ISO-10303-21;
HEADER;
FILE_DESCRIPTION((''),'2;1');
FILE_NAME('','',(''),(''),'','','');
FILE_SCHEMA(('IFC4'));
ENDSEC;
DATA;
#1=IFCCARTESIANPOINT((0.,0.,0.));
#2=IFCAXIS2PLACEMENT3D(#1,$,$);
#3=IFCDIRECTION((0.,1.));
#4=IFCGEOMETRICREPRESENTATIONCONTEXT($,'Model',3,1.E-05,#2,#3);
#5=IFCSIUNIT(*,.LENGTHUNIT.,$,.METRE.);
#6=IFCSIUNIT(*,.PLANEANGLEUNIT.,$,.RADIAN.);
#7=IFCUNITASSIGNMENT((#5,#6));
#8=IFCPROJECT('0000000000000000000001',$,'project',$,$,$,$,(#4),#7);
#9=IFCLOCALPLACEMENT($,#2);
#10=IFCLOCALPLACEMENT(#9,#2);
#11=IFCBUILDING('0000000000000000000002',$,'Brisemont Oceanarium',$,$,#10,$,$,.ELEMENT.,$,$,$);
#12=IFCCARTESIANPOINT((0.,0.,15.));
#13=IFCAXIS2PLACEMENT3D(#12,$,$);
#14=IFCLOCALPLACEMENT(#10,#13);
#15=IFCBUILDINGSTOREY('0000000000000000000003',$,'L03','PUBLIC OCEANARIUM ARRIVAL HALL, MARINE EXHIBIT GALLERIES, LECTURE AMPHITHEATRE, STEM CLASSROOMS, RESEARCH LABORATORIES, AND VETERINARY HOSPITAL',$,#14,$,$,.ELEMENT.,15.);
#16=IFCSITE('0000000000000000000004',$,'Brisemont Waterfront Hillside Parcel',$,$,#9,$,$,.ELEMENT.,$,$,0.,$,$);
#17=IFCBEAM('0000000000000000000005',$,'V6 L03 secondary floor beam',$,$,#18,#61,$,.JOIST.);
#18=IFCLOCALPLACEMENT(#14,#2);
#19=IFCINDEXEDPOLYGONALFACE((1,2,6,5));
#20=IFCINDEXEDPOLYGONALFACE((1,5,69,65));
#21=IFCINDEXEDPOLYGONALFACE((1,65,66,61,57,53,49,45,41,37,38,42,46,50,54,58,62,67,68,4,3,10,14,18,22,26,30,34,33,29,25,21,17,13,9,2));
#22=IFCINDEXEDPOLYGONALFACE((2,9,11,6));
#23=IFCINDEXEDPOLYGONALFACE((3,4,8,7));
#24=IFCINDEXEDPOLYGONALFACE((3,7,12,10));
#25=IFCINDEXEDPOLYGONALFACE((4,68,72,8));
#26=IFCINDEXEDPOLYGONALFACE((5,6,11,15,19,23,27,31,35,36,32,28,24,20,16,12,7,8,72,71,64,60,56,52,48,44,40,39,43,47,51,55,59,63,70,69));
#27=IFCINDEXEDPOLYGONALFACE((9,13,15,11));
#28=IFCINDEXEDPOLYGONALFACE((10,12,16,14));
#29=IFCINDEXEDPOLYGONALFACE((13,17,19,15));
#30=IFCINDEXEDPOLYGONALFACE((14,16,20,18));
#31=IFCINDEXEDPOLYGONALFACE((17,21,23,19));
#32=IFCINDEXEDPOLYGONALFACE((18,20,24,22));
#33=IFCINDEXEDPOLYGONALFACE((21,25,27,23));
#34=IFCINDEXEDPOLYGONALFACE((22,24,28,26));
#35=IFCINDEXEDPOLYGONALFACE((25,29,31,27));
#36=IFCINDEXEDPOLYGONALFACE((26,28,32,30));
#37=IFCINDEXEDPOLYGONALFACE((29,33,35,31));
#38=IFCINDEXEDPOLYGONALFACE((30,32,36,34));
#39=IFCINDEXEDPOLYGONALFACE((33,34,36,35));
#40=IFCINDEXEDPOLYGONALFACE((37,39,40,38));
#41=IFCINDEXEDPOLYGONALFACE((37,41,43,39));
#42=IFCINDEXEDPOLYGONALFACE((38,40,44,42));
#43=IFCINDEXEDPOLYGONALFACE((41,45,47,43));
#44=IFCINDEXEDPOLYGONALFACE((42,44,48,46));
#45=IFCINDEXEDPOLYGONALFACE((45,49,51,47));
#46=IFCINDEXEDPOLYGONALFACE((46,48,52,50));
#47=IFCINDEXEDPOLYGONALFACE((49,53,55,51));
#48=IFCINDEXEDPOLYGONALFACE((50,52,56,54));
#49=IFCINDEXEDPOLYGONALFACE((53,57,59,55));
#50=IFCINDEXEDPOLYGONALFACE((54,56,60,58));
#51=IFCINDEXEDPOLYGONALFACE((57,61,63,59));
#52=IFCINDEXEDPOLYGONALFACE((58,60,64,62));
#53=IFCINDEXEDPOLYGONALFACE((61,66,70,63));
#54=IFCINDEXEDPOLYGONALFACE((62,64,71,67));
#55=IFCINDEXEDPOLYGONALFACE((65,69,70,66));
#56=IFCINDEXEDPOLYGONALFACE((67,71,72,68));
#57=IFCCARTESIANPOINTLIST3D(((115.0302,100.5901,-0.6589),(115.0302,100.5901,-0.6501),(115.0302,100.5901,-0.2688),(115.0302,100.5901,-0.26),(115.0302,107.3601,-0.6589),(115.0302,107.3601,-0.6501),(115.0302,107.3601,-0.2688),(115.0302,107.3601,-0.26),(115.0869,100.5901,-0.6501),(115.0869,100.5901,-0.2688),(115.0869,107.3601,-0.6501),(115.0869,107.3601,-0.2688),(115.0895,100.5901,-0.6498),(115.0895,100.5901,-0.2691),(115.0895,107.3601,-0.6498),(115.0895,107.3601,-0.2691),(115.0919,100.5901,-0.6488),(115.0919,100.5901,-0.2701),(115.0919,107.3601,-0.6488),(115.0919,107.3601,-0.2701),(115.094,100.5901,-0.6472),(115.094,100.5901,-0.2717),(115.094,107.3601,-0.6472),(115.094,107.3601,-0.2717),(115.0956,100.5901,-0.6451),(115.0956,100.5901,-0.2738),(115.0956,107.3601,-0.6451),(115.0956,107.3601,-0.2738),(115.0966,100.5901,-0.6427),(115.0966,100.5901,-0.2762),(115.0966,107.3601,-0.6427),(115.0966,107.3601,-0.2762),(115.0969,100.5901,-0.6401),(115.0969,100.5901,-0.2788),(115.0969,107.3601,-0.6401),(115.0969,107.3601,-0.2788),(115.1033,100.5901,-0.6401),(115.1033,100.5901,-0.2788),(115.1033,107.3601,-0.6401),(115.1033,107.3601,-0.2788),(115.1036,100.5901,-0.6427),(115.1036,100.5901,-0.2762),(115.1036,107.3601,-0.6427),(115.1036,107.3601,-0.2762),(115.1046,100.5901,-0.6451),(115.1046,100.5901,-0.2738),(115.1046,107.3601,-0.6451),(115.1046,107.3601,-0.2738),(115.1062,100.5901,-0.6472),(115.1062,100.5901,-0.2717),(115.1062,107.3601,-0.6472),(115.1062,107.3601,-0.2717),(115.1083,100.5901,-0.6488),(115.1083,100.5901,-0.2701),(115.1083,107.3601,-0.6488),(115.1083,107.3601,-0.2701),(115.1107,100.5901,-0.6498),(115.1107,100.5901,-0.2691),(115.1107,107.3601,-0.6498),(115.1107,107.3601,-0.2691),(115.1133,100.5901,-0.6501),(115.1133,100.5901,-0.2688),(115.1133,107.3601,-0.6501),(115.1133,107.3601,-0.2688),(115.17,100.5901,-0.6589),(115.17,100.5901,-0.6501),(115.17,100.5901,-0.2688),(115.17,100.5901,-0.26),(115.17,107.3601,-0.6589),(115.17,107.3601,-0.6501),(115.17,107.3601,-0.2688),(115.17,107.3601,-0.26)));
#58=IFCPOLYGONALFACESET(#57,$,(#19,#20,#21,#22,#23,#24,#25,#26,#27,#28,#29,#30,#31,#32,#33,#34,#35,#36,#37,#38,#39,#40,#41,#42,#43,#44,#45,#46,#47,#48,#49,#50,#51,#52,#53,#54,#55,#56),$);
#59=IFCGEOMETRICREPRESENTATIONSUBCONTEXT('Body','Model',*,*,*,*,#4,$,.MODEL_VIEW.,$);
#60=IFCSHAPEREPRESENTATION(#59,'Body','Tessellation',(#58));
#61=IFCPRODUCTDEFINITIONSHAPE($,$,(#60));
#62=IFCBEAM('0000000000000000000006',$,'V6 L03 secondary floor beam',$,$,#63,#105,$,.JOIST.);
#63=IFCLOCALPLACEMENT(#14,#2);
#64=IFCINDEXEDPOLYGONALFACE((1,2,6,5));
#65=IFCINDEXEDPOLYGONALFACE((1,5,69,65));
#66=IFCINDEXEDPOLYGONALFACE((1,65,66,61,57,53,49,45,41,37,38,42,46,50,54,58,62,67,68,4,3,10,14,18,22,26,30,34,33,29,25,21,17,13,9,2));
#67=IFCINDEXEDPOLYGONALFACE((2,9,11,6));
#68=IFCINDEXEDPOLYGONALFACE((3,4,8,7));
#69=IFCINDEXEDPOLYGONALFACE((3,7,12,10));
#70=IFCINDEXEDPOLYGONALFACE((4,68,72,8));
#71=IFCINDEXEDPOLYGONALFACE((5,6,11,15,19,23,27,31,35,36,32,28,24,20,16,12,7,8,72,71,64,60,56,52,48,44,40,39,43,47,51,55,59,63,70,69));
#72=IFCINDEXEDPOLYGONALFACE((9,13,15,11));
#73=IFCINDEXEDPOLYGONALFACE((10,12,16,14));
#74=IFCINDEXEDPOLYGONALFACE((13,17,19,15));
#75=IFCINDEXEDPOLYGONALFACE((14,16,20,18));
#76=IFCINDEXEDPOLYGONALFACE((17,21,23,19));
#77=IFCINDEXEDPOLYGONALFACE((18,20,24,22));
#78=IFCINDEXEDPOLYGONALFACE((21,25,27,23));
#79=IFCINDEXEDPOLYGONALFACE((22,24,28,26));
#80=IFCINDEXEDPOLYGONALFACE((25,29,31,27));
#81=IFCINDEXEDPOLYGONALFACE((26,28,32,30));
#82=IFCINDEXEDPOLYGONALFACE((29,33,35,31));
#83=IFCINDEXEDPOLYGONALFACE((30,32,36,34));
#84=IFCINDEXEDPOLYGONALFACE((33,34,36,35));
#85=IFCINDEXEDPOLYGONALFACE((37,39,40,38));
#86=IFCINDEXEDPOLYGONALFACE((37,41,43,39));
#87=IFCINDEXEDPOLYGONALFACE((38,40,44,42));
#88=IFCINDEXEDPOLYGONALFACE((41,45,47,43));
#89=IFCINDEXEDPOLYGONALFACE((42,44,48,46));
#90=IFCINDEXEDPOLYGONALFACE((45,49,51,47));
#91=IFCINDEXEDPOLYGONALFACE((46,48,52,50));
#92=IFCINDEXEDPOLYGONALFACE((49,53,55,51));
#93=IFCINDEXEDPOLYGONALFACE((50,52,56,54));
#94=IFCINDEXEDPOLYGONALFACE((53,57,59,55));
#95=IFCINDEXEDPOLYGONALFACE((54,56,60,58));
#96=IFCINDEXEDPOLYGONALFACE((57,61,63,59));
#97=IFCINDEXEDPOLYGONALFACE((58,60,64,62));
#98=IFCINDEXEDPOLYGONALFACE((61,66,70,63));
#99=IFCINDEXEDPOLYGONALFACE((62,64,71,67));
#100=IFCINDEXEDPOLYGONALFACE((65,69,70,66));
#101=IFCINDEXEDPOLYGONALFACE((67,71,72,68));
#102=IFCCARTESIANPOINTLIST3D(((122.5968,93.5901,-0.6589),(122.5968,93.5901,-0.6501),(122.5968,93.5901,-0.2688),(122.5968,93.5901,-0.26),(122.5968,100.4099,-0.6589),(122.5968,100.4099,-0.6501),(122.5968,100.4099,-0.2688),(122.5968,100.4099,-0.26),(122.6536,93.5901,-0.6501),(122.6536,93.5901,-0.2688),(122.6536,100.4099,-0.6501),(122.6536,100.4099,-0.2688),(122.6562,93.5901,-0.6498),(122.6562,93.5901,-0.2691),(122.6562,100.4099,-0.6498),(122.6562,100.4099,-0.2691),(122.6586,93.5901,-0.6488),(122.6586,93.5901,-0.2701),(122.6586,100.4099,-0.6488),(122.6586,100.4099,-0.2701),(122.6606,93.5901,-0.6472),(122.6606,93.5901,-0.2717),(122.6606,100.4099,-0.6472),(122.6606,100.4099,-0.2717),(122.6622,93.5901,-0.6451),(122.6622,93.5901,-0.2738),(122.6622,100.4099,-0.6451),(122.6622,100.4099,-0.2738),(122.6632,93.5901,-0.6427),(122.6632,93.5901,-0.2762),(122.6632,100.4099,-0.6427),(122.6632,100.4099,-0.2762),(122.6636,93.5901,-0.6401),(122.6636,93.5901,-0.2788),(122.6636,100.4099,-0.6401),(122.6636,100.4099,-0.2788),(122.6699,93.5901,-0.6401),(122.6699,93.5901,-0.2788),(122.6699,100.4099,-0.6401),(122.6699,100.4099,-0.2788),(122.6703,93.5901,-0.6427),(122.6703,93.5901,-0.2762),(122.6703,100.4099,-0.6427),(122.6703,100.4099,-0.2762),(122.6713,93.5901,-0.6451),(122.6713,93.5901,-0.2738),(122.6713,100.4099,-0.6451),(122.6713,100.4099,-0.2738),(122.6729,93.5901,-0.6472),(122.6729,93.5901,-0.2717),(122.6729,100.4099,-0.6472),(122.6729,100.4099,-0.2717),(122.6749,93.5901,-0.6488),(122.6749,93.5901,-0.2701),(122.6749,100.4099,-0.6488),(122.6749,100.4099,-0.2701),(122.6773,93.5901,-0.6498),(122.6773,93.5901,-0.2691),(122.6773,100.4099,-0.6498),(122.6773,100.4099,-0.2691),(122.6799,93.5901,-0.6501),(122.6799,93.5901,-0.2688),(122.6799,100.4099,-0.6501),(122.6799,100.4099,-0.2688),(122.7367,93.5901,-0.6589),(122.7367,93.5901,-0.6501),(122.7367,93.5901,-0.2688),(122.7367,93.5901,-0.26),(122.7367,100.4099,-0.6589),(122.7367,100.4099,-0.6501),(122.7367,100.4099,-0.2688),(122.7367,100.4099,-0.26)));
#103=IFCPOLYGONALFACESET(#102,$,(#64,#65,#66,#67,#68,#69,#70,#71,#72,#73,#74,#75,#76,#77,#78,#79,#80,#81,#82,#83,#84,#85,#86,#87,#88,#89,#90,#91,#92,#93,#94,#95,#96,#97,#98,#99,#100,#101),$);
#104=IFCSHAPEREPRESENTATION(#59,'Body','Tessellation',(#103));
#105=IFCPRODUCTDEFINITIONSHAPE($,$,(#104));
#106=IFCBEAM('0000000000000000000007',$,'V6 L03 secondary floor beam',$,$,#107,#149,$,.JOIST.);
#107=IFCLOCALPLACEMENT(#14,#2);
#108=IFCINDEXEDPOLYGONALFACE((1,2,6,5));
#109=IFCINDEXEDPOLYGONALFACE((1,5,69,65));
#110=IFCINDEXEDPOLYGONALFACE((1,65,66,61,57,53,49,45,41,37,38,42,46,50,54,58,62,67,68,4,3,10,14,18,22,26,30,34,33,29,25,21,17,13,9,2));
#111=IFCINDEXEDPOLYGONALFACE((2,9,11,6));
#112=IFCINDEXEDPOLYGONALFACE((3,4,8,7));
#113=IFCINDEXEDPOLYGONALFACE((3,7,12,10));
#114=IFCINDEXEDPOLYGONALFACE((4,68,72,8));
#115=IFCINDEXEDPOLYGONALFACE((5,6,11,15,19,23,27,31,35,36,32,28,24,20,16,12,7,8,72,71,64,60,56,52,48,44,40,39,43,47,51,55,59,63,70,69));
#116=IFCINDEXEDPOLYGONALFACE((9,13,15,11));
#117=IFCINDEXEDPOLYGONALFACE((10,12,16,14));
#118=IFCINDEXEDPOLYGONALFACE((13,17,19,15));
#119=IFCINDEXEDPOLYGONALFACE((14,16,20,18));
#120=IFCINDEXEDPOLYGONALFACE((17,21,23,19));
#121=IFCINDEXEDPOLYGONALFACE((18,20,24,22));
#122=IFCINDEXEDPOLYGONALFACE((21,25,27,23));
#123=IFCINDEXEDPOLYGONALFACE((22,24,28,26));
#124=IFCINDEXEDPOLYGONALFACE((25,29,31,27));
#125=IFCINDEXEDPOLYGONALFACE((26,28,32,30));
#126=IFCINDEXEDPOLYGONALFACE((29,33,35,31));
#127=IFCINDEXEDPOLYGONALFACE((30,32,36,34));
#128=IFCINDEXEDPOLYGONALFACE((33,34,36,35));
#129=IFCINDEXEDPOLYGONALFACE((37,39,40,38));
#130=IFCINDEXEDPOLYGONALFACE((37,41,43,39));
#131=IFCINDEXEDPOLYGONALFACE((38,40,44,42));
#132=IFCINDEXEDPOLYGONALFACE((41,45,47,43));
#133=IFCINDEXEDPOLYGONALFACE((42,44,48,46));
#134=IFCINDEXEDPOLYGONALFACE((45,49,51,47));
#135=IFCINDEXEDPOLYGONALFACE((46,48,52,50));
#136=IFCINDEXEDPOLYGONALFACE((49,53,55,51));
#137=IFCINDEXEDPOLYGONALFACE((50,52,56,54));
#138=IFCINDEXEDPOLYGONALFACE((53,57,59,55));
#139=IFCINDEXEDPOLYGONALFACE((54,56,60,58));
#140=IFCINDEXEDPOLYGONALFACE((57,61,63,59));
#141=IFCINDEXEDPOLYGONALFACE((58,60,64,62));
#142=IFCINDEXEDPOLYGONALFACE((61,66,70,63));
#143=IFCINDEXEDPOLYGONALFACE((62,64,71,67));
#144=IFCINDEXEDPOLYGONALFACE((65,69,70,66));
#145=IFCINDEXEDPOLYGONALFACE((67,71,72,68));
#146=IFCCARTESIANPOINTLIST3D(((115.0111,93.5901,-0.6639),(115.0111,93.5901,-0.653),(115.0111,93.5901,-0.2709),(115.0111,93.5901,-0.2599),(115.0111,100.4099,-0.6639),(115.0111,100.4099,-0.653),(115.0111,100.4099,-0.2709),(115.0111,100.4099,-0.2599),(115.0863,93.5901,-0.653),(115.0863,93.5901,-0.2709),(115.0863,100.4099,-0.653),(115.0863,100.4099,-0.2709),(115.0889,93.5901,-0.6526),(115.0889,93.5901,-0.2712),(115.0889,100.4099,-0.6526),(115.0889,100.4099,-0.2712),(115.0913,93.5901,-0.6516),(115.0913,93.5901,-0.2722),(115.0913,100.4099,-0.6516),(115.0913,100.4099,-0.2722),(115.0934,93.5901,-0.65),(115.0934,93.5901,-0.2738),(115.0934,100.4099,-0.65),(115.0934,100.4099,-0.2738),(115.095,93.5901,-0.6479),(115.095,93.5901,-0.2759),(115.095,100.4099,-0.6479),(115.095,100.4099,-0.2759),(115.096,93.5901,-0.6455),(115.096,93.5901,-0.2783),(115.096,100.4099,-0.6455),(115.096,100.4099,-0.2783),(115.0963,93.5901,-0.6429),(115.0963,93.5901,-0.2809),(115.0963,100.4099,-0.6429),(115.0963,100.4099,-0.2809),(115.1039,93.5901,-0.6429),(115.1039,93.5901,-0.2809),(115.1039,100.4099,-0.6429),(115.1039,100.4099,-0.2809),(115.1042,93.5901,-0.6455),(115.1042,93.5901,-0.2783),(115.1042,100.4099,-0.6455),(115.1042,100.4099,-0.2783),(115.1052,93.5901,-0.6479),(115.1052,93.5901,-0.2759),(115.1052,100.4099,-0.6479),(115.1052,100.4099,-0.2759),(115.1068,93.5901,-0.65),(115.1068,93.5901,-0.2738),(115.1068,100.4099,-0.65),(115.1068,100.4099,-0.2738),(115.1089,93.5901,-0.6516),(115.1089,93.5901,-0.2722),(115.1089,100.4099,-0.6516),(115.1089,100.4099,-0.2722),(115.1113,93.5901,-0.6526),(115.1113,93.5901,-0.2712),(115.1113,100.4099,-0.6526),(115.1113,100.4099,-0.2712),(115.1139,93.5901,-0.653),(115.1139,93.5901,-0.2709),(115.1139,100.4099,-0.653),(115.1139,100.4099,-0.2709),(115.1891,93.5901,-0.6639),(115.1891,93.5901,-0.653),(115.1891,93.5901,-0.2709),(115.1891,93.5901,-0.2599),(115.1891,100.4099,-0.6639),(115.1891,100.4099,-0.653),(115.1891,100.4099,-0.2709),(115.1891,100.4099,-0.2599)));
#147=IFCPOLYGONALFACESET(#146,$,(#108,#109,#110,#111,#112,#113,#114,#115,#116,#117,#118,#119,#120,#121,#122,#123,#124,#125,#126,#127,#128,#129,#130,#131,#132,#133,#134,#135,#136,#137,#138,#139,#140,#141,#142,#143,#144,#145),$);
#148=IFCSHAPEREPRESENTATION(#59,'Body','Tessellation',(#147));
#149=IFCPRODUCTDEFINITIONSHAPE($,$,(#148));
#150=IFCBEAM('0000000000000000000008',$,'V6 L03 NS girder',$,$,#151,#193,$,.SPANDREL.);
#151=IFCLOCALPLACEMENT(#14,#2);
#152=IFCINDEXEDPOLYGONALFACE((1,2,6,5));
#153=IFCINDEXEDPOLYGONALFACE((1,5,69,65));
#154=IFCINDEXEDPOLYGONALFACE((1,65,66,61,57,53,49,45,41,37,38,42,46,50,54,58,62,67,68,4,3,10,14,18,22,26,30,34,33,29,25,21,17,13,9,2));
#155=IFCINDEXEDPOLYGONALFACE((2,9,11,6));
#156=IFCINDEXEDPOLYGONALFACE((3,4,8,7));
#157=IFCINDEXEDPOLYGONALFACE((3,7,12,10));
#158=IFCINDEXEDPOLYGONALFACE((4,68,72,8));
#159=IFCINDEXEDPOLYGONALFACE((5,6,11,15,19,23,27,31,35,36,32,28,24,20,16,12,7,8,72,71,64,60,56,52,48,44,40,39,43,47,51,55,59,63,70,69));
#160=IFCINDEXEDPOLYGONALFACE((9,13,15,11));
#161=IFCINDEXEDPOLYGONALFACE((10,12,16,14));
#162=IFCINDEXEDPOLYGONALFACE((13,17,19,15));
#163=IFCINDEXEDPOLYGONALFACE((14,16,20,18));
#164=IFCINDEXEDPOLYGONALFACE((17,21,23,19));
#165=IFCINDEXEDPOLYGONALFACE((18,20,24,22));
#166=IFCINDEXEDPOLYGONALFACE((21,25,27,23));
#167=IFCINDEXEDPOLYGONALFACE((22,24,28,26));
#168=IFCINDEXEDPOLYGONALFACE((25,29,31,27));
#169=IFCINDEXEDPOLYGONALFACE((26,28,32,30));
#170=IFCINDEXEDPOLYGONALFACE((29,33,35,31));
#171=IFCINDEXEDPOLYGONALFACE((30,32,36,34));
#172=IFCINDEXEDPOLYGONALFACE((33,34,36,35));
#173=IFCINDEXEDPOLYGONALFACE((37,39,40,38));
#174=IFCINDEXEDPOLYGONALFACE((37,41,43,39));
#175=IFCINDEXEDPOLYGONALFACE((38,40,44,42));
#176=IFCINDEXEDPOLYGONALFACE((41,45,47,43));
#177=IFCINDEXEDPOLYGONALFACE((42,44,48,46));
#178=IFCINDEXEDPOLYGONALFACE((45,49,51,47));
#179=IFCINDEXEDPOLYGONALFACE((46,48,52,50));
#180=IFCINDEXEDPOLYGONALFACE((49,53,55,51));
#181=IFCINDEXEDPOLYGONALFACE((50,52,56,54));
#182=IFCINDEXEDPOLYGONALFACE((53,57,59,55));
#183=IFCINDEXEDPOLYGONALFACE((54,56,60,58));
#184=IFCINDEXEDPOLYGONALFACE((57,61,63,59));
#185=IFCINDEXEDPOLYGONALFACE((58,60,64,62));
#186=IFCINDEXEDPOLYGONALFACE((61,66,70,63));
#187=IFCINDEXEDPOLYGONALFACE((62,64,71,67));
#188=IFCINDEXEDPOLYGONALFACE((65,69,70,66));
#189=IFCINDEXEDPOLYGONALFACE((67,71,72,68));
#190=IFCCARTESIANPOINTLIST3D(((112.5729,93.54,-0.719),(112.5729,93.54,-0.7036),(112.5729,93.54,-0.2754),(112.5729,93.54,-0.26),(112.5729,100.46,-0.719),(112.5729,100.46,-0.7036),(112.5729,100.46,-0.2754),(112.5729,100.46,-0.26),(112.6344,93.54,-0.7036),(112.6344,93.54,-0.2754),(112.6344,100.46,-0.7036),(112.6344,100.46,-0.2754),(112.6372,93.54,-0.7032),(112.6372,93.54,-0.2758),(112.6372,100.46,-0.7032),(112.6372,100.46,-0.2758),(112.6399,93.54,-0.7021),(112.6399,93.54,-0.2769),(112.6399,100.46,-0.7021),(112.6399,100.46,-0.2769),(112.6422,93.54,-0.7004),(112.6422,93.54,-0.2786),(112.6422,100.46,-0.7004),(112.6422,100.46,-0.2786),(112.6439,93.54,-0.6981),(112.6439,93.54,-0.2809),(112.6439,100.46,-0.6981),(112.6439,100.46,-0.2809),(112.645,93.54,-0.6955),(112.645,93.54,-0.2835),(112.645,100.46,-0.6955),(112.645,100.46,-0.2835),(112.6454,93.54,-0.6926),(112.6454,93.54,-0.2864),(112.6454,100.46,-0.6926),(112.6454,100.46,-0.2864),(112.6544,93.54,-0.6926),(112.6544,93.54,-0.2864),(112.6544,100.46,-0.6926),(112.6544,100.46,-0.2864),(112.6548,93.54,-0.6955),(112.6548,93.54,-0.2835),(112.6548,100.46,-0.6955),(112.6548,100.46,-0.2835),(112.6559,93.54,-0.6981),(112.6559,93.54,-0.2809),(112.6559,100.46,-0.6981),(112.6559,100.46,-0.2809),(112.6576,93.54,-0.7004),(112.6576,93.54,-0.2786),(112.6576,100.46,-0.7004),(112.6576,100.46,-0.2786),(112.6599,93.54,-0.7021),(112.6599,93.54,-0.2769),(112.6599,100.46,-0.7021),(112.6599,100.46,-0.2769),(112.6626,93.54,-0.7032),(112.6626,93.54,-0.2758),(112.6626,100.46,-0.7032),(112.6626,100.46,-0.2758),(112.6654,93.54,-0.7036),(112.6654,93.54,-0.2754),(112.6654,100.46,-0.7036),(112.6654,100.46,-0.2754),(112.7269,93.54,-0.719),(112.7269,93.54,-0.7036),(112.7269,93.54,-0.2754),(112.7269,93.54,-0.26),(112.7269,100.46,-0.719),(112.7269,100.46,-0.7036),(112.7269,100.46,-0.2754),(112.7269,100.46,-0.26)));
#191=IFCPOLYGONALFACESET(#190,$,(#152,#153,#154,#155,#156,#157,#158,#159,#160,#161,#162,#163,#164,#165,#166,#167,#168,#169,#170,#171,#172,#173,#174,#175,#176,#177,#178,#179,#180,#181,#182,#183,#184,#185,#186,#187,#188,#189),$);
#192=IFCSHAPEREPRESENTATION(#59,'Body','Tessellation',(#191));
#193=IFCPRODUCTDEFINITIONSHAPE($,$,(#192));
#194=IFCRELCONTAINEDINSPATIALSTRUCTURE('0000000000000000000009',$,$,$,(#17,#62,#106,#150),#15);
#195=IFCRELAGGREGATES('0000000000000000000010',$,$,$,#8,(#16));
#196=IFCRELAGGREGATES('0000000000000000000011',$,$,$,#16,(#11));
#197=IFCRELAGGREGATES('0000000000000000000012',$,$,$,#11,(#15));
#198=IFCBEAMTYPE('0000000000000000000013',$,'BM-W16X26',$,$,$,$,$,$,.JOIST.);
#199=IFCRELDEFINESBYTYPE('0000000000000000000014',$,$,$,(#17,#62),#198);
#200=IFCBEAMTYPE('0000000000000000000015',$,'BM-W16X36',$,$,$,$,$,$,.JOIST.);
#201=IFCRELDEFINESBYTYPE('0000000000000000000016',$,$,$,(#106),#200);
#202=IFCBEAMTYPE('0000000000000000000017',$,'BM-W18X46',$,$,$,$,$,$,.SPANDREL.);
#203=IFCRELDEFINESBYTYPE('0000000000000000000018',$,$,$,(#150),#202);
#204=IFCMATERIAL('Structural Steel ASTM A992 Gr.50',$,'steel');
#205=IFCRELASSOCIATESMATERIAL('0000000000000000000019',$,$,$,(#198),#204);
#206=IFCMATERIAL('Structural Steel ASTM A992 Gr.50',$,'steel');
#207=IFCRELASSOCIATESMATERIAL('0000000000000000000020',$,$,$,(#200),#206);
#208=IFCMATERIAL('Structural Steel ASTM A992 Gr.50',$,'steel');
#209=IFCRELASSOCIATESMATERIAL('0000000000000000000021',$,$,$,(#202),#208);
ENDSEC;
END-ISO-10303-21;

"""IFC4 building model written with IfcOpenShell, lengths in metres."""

from ifc_helpers import new_model, si_unit, direction, frame, origin, origin_2d, place, context, subcontext, project, spatial, i_section, extrude, material, material_profile, profile_set, type_object, element, save


model = new_model("IFC4")

# Units and contexts
model_context = context("Model", 3, precision=1e-05, world=origin(), true_north=direction((0.0, 1.0)))
body_context = subcontext(model_context, "Body", "Model", "MODEL_VIEW")
ifc_project = project(units=[si_unit("LENGTHUNIT", "METRE"), si_unit("PLANEANGLEUNIT", "RADIAN")], contexts=[model_context])

# Site, building, storey
site_placement = place(None, origin())
site = spatial("IfcSite", under=ifc_project, at=site_placement, Name="Brisemont Waterfront Hillside Parcel", CompositionType="ELEMENT", RefElevation=0.0)
building_placement = place(site_placement, origin())
building = spatial("IfcBuilding", under=site, at=building_placement, Name="Brisemont Oceanarium", CompositionType="ELEMENT")
storey_placement = place(building_placement, frame((0.0, 0.0, 15.0)))
storey = spatial("IfcBuildingStorey", under=building, at=storey_placement, Name="L03", Description="PUBLIC OCEANARIUM ARRIVAL HALL, MARINE EXHIBIT GALLERIES, LECTURE AMPHITHEATRE, STEM CLASSROOMS, RESEARCH LABORATORIES, AND VETERINARY HOSPITAL", CompositionType="ELEMENT", Elevation=15.0)

# Beams
ifc_material_1 = material(Name="Structural Steel ASTM A992 Gr.50", Category="steel")
ifc_material_profile_1 = material_profile(ifc_material_1, i_section(OverallWidth=0.1399, OverallDepth=0.3989, WebThickness=0.0063, FlangeThickness=0.0088, FilletRadius=0.01, at=origin_2d()), Name="W16X26")
ifc_profile_set_1 = profile_set([ifc_material_profile_1], Name="Structural Steel ASTM A992 Gr.50")
beam_type_1 = type_object("IfcBeamType", Name="BM-W16X26", PredefinedType="JOIST", material=ifc_profile_set_1)
beam_1_placement = place(storey_placement, frame((115.1001, 100.5901, -0.4595), z_axis=(0.0, 1.0, 0.0), x_axis=(-1.0, 0.0, 0.0)))
element("IfcBeam", 1, at=beam_1_placement, inside=storey, type_object=beam_type_1, Name="V6 L03 secondary floor beam", PredefinedType="JOIST", context=body_context, shape_type="SweptSolid", body=[
    extrude(i_section(OverallWidth=0.1399, OverallDepth=0.3989, WebThickness=0.0063, FlangeThickness=0.0088, FilletRadius=0.01, at=origin_2d()), origin(), (0.0, 0.0, 1.0), 6.77),
])
beam_2_placement = place(storey_placement, frame((122.6667, 93.5901, -0.4595), z_axis=(0.0, 1.0, 0.0), x_axis=(-1.0, 0.0, 0.0)))
element("IfcBeam", 2, at=beam_2_placement, inside=storey, type_object=beam_type_1, Name="V6 L03 secondary floor beam", PredefinedType="JOIST", context=body_context, shape_type="SweptSolid", body=[
    extrude(i_section(OverallWidth=0.1399, OverallDepth=0.3989, WebThickness=0.0063, FlangeThickness=0.0088, FilletRadius=0.01, at=origin_2d()), origin(), (0.0, 0.0, 1.0), 6.8198),
])
ifc_material_2 = material(Name="Structural Steel ASTM A992 Gr.50", Category="steel")
ifc_material_profile_2 = material_profile(ifc_material_2, i_section(OverallWidth=0.178, OverallDepth=0.4041, WebThickness=0.0076, FlangeThickness=0.011, FilletRadius=0.01, at=origin_2d()), Name="W16X36")
ifc_profile_set_2 = profile_set([ifc_material_profile_2], Name="Structural Steel ASTM A992 Gr.50")
beam_type_2 = type_object("IfcBeamType", Name="BM-W16X36", PredefinedType="JOIST", material=ifc_profile_set_2)
beam_3_placement = place(storey_placement, frame((115.1001, 93.5901, -0.4619), z_axis=(0.0, 1.0, 0.0), x_axis=(-1.0, 0.0, 0.0)))
element("IfcBeam", 3, at=beam_3_placement, inside=storey, type_object=beam_type_2, Name="V6 L03 secondary floor beam", PredefinedType="JOIST", context=body_context, shape_type="SweptSolid", body=[
    extrude(i_section(OverallWidth=0.178, OverallDepth=0.4041, WebThickness=0.0076, FlangeThickness=0.011, FilletRadius=0.01, at=origin_2d()), origin(), (0.0, 0.0, 1.0), 6.8198),
])
ifc_material_3 = material(Name="Structural Steel ASTM A992 Gr.50", Category="steel")
ifc_material_profile_3 = material_profile(ifc_material_3, i_section(OverallWidth=0.1541, OverallDepth=0.459, WebThickness=0.009, FlangeThickness=0.0154, FilletRadius=0.011, at=origin_2d()), Name="W18X46")
ifc_profile_set_3 = profile_set([ifc_material_profile_3], Name="Structural Steel ASTM A992 Gr.50")
beam_type_3 = type_object("IfcBeamType", Name="BM-W18X46", PredefinedType="SPANDREL", material=ifc_profile_set_3)
beam_4_placement = place(storey_placement, frame((112.6499, 93.54, -0.4895), z_axis=(0.0, 1.0, 0.0), x_axis=(-1.0, 0.0, 0.0)))
element("IfcBeam", 4, at=beam_4_placement, inside=storey, type_object=beam_type_3, Name="V6 L03 NS girder", PredefinedType="SPANDREL", context=body_context, shape_type="SweptSolid", body=[
    extrude(i_section(OverallWidth=0.1541, OverallDepth=0.459, WebThickness=0.009, FlangeThickness=0.0154, FilletRadius=0.011, at=origin_2d()), origin(), (0.0, 0.0, 1.0), 6.9199),
])

save(model, "model.ifc")
